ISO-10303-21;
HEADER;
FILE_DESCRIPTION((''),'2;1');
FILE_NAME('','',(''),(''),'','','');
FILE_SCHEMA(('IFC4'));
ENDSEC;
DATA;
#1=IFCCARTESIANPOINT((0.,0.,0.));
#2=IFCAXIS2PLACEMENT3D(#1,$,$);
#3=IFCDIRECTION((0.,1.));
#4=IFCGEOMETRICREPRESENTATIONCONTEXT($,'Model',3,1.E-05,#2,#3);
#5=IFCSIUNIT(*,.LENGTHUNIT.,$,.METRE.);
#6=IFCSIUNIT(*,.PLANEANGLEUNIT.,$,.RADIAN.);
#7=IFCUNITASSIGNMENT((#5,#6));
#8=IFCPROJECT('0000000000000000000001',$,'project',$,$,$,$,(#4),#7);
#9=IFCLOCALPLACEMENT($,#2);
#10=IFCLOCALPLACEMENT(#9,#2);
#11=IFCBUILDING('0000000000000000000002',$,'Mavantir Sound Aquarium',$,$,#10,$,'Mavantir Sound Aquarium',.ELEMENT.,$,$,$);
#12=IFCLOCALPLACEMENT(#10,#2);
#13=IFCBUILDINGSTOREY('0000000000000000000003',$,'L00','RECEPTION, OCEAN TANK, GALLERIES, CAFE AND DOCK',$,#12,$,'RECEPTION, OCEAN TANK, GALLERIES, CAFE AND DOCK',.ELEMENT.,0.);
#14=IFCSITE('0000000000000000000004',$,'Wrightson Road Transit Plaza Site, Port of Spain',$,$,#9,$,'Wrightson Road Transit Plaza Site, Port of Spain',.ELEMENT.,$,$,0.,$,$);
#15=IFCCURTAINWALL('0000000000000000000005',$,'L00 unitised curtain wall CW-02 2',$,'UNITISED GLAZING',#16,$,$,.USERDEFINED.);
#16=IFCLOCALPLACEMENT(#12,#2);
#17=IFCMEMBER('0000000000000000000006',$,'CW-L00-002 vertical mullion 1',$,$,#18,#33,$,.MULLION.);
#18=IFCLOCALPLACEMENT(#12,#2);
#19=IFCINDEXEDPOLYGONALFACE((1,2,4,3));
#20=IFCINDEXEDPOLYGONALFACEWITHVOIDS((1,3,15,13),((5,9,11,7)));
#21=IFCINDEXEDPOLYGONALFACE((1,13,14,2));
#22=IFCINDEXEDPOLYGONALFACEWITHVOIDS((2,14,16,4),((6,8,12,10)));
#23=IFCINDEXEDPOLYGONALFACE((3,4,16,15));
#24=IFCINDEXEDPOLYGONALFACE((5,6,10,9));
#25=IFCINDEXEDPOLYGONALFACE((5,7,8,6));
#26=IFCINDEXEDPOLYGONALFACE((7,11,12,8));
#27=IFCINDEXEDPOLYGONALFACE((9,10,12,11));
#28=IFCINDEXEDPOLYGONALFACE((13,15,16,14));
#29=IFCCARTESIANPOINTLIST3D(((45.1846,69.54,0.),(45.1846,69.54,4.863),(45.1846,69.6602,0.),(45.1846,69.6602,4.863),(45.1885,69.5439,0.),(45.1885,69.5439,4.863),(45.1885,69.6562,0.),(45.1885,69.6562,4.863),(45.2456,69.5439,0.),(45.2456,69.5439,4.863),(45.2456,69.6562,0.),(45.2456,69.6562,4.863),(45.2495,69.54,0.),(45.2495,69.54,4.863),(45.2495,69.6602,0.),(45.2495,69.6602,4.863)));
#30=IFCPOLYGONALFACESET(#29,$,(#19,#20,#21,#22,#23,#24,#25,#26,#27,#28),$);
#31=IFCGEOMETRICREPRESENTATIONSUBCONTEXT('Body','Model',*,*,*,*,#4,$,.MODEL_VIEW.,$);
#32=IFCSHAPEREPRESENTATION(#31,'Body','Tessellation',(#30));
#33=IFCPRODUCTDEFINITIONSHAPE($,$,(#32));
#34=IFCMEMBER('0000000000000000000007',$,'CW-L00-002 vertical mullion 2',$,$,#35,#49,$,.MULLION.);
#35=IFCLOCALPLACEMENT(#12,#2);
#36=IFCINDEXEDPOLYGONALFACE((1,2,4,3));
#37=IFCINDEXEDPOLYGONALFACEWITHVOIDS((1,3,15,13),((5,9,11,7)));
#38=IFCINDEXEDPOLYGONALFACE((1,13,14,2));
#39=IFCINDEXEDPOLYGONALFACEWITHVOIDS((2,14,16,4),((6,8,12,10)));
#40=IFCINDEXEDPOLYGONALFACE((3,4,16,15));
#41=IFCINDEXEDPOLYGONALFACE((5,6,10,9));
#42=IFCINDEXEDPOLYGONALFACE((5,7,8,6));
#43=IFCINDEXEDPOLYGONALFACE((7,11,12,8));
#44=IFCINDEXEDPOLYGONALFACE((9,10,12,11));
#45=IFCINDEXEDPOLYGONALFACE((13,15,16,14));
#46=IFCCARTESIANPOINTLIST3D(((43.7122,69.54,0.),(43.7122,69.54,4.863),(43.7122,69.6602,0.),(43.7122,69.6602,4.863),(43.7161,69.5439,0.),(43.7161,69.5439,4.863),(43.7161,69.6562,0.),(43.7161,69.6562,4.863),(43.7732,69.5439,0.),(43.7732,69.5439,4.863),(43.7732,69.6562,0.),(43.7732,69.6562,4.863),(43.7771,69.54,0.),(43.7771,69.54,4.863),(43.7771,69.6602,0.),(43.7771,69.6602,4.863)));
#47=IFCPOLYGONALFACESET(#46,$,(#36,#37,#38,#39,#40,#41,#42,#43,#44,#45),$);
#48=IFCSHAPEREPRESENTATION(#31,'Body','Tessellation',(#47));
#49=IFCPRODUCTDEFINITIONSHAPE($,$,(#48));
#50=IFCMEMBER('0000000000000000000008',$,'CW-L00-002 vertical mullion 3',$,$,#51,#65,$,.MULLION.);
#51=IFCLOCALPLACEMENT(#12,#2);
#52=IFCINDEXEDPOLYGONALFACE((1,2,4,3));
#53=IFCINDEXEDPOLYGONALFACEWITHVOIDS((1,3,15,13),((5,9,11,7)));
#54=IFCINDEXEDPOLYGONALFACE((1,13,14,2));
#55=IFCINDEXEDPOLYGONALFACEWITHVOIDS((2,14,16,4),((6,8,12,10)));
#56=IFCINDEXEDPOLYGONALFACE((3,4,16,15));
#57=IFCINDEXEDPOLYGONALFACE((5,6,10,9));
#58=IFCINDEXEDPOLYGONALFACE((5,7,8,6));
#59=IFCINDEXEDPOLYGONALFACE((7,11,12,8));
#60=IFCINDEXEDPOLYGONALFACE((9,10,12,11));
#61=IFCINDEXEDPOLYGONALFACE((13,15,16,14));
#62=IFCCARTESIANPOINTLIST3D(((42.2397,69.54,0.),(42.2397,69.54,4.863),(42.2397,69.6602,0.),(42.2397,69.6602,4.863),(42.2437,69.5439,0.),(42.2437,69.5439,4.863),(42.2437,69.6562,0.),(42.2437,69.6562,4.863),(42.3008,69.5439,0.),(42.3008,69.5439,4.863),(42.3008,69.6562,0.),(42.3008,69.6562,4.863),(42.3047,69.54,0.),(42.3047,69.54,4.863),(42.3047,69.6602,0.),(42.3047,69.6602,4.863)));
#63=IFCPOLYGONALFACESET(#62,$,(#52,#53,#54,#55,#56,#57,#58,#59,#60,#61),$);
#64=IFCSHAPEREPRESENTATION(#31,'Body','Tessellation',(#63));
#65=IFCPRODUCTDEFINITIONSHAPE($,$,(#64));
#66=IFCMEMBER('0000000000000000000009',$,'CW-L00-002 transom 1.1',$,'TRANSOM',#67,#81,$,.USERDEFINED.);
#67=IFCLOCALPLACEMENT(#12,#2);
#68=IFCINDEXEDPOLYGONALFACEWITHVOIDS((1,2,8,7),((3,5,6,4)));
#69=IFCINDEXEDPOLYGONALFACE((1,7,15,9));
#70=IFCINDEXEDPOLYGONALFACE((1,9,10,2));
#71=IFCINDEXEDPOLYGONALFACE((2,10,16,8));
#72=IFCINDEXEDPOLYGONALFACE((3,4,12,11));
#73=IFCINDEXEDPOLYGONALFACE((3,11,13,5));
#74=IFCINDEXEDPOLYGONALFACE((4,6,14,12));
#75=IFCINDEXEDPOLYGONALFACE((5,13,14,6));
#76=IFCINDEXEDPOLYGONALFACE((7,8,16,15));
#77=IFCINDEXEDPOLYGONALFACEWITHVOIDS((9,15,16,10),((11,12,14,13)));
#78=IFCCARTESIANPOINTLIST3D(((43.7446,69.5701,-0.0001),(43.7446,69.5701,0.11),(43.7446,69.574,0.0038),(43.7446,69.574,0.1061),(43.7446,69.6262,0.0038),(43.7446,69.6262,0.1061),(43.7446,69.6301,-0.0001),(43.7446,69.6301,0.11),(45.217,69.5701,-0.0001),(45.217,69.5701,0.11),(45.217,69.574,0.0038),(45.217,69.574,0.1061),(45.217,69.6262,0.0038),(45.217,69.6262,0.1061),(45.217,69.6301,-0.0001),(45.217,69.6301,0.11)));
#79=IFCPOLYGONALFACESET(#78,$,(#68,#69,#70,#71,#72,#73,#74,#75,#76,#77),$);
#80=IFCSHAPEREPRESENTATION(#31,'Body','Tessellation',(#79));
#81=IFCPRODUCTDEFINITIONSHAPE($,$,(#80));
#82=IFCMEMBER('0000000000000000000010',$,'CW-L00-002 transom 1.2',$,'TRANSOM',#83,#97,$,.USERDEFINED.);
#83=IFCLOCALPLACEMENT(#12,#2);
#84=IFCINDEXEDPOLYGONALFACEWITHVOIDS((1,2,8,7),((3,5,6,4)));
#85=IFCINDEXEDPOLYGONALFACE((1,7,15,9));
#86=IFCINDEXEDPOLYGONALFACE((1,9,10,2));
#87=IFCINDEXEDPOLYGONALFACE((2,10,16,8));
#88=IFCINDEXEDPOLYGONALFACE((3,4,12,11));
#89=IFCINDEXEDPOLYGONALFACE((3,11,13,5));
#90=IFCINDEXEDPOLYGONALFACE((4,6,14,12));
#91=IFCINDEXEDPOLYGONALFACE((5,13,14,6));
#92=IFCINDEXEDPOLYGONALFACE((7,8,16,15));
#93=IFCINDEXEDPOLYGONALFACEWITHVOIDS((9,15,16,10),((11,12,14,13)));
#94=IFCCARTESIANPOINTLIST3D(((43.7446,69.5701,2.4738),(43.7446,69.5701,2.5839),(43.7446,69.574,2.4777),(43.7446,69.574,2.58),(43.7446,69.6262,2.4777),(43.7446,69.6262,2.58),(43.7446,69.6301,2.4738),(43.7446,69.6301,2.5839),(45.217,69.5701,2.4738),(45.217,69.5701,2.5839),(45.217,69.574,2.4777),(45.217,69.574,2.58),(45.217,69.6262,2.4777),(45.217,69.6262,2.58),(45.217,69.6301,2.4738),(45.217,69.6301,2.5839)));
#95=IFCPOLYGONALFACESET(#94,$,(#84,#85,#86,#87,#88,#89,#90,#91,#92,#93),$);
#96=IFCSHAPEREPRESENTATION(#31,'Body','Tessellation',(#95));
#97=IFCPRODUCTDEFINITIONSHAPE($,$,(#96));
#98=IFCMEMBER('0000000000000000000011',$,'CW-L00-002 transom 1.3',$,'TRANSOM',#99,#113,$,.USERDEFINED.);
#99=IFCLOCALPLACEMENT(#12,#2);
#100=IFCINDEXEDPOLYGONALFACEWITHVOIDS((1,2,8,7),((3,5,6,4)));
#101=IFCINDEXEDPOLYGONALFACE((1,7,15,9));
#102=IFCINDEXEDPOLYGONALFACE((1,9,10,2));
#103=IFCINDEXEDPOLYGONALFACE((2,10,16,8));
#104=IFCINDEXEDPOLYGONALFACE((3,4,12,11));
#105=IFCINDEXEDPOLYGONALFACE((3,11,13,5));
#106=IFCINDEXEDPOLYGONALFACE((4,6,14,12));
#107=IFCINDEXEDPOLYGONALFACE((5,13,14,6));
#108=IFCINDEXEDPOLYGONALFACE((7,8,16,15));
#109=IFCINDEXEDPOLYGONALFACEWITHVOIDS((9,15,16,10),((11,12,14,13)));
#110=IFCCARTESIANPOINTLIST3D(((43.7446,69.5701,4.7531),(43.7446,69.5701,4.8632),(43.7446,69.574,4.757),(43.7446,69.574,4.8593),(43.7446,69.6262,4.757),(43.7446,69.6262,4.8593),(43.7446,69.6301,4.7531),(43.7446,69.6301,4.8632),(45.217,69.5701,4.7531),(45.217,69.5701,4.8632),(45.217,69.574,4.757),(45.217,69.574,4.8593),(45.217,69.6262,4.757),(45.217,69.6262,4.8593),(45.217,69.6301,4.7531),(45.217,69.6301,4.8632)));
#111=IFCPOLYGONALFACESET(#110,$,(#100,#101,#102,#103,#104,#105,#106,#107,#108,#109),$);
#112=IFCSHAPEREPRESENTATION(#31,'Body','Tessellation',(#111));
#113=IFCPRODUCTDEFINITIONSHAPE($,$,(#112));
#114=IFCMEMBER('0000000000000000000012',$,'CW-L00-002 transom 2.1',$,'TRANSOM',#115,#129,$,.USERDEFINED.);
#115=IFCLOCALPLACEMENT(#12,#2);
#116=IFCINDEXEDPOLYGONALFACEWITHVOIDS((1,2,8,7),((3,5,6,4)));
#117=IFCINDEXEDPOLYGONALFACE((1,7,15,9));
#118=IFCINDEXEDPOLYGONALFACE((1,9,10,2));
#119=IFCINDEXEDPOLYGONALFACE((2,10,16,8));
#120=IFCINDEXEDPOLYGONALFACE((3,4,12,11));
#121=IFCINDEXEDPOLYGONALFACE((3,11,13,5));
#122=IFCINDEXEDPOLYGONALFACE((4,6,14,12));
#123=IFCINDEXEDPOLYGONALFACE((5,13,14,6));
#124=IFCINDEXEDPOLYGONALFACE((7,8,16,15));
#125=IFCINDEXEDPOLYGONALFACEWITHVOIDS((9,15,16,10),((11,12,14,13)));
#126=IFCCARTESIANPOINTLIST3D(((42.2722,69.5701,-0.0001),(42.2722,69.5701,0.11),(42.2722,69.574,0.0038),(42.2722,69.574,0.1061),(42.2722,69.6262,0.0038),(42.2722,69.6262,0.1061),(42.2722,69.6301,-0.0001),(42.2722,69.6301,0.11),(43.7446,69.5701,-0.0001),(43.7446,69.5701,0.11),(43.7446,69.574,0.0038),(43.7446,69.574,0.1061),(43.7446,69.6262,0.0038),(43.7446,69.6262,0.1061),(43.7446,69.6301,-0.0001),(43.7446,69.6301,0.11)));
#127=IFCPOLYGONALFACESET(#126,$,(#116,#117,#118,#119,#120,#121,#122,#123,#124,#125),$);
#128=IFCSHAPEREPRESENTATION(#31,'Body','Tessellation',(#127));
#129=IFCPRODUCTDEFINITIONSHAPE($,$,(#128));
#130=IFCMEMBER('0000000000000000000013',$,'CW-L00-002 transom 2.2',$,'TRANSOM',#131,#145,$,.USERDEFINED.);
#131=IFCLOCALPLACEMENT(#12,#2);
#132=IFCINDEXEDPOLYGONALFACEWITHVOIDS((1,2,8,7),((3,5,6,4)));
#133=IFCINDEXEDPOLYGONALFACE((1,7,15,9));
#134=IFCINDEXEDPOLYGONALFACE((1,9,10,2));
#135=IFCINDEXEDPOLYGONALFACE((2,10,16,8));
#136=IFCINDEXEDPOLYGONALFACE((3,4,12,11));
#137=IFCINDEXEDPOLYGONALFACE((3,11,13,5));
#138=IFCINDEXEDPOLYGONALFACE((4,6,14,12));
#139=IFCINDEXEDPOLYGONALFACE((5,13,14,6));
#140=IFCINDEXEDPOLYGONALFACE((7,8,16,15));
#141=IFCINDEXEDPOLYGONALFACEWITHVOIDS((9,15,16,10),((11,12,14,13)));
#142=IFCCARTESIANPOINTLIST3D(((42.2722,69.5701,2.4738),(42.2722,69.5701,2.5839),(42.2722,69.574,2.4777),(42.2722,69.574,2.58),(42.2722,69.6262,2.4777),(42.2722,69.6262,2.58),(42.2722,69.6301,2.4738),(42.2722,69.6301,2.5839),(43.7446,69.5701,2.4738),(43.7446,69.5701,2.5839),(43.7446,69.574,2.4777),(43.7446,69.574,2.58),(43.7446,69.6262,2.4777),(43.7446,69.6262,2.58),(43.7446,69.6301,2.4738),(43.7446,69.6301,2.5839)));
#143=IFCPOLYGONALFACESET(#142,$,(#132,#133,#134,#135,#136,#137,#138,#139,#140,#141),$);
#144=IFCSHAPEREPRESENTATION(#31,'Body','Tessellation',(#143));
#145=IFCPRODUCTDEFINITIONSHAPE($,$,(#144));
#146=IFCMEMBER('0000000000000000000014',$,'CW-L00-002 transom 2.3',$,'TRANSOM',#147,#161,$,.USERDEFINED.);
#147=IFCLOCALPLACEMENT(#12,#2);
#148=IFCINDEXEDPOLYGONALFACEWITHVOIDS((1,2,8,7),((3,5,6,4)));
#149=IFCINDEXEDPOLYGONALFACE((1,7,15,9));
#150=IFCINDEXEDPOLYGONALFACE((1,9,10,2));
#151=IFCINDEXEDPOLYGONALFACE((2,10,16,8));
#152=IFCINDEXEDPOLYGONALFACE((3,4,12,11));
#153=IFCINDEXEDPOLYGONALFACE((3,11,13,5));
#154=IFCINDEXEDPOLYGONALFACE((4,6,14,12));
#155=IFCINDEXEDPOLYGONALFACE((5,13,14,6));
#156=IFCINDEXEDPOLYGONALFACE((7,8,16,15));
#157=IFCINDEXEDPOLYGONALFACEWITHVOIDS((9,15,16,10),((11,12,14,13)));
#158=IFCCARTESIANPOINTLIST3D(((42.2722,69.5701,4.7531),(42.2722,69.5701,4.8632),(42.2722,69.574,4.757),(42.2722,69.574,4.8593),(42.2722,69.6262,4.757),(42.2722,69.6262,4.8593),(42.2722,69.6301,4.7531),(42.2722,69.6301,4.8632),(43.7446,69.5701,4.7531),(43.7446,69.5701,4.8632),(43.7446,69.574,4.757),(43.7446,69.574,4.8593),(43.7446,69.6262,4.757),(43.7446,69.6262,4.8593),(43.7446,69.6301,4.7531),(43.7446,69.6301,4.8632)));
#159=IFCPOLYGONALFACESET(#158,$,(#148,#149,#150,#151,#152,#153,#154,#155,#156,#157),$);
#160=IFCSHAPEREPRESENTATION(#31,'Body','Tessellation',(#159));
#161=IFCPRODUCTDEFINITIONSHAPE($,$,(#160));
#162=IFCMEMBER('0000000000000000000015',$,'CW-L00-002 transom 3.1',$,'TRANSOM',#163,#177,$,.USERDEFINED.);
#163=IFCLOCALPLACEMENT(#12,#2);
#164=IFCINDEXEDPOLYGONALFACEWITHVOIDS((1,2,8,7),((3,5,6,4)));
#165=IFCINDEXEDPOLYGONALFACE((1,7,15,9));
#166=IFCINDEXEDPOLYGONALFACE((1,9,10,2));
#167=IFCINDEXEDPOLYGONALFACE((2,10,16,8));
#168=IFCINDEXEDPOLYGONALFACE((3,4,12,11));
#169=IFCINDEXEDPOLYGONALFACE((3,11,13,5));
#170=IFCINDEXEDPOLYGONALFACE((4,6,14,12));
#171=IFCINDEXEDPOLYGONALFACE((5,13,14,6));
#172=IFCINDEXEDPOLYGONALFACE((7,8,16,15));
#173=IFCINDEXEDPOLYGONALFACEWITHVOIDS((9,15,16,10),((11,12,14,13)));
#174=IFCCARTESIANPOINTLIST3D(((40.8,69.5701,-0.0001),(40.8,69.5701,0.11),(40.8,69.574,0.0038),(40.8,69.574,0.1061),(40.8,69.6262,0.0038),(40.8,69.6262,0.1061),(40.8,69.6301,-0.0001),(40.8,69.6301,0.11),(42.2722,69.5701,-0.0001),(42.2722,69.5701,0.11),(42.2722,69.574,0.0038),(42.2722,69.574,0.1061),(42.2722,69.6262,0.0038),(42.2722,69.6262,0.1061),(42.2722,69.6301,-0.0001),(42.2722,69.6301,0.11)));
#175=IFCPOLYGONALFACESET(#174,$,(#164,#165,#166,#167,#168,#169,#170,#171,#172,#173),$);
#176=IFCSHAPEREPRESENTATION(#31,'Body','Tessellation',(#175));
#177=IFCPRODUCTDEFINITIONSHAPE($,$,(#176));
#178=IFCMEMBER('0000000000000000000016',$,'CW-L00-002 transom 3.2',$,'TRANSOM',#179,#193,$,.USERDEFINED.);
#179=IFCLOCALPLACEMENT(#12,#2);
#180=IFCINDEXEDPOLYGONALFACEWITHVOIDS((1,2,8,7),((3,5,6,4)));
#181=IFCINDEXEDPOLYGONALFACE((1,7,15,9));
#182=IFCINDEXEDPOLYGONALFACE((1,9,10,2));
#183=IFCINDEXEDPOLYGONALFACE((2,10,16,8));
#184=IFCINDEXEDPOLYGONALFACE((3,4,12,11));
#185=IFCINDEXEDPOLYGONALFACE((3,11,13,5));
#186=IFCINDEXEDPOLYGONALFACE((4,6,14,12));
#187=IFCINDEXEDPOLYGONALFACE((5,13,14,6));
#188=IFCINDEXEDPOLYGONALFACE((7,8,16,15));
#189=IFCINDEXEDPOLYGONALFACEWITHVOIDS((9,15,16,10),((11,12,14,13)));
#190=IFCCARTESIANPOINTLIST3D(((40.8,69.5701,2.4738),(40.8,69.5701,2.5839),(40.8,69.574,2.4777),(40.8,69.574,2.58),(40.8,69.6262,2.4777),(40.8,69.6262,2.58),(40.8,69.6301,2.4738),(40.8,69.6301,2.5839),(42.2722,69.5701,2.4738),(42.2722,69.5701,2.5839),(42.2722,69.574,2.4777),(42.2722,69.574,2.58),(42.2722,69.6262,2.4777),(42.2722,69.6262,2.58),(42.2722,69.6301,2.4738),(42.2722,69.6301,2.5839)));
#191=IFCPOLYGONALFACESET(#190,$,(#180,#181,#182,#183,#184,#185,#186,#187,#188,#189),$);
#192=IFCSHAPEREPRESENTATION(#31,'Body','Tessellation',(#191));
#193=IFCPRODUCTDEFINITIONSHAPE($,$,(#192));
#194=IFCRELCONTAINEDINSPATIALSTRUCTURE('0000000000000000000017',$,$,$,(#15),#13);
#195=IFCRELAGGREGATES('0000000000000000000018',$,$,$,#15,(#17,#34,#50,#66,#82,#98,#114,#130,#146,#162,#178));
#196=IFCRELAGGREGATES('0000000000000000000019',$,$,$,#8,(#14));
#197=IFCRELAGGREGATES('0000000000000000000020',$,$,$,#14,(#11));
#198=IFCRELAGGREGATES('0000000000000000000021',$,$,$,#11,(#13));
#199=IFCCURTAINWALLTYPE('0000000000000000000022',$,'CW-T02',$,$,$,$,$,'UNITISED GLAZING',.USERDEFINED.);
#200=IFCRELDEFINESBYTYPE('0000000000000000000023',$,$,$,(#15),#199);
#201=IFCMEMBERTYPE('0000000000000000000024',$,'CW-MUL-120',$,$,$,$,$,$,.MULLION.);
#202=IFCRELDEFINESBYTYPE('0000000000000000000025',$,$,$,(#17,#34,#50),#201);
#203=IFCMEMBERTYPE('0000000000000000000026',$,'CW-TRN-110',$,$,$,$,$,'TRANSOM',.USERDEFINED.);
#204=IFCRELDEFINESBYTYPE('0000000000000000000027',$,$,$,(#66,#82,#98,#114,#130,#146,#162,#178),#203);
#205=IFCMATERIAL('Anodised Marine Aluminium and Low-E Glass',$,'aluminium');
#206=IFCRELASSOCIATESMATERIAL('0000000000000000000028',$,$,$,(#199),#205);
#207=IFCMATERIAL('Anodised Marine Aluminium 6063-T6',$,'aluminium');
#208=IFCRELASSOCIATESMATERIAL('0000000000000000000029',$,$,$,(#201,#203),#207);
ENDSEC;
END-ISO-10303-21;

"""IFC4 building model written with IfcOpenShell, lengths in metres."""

from ifc_helpers import new_model, si_unit, direction, frame, origin, origin_2d, place, context, subcontext, project, spatial, hollow_rectangle, extrude, material, material_profile, profile_set, type_object, element, aggregate, save


model = new_model("IFC4")

# Units and contexts
model_context = context("Model", 3, precision=1e-05, world=origin(), true_north=direction((0.0, 1.0)))
body_context = subcontext(model_context, "Body", "Model", "MODEL_VIEW")
ifc_project = project(units=[si_unit("LENGTHUNIT", "METRE"), si_unit("PLANEANGLEUNIT", "RADIAN")], contexts=[model_context])

# Site, building, storey
site_placement = place(None, origin())
site = spatial("IfcSite", under=ifc_project, at=site_placement, Name="Wrightson Road Transit Plaza Site, Port of Spain", LongName="Wrightson Road Transit Plaza Site, Port of Spain", CompositionType="ELEMENT", RefElevation=0.0)
building_placement = place(site_placement, origin())
building = spatial("IfcBuilding", under=site, at=building_placement, Name="Mavantir Sound Aquarium", LongName="Mavantir Sound Aquarium", CompositionType="ELEMENT")
storey_placement = place(building_placement, origin())
storey = spatial("IfcBuildingStorey", under=building, at=storey_placement, Name="L00", Description="RECEPTION, OCEAN TANK, GALLERIES, CAFE AND DOCK", LongName="RECEPTION, OCEAN TANK, GALLERIES, CAFE AND DOCK", CompositionType="ELEMENT", Elevation=0.0)

# Curtain wall, members
ifc_material_1 = material(Name="Anodised Marine Aluminium and Low-E Glass", Category="aluminium")
curtain_wall_type = type_object("IfcCurtainWallType", Name="CW-T02", ElementType="UNITISED GLAZING", PredefinedType="USERDEFINED", material=ifc_material_1)
curtain_wall_placement = place(storey_placement, origin())
curtain_wall = element("IfcCurtainWall", 1, at=curtain_wall_placement, inside=storey, type_object=curtain_wall_type, Name="L00 unitised curtain wall CW-02 2", ObjectType="UNITISED GLAZING", PredefinedType="USERDEFINED")
ifc_material_2 = material(Name="Anodised Marine Aluminium 6063-T6", Category="aluminium")
ifc_material_profile_1 = material_profile(ifc_material_2, hollow_rectangle(XDim=0.0649, YDim=0.1201, WallThickness=0.0039, at=origin_2d()), Name="ALU-MULLION-120X65")
ifc_profile_set_1 = profile_set([ifc_material_profile_1], Name="Anodised Marine Aluminium 6063-T6")
member_type_1 = type_object("IfcMemberType", Name="CW-MUL-120", PredefinedType="MULLION", material=ifc_profile_set_1)
member_1_placement = place(storey_placement, frame((45.217, 69.6001, 0.0), z_axis=(0.0, 0.0, 1.0), x_axis=(1.0, 0.0, 0.0)))
member_1 = element("IfcMember", 2, at=member_1_placement, type_object=member_type_1, Name="CW-L00-002 vertical mullion 1", PredefinedType="MULLION", context=body_context, shape_type="SweptSolid", body=[
    extrude(hollow_rectangle(XDim=0.0649, YDim=0.1201, WallThickness=0.0039, at=origin_2d()), origin(), (0.0, 0.0, 1.0), 4.863),
])
member_2_placement = place(storey_placement, frame((43.7446, 69.6001, 0.0), z_axis=(0.0, 0.0, 1.0), x_axis=(1.0, 0.0, 0.0)))
member_2 = element("IfcMember", 3, at=member_2_placement, type_object=member_type_1, Name="CW-L00-002 vertical mullion 2", PredefinedType="MULLION", context=body_context, shape_type="SweptSolid", body=[
    extrude(hollow_rectangle(XDim=0.0649, YDim=0.1201, WallThickness=0.0039, at=origin_2d()), origin(), (0.0, 0.0, 1.0), 4.863),
])
member_3_placement = place(storey_placement, frame((42.2722, 69.6001, 0.0), z_axis=(0.0, 0.0, 1.0), x_axis=(1.0, 0.0, 0.0)))
member_3 = element("IfcMember", 4, at=member_3_placement, type_object=member_type_1, Name="CW-L00-002 vertical mullion 3", PredefinedType="MULLION", context=body_context, shape_type="SweptSolid", body=[
    extrude(hollow_rectangle(XDim=0.0649, YDim=0.1201, WallThickness=0.0039, at=origin_2d()), origin(), (0.0, 0.0, 1.0), 4.863),
])
ifc_material_profile_2 = material_profile(ifc_material_2, hollow_rectangle(XDim=0.0601, YDim=0.1101, WallThickness=0.0039, at=origin_2d()), Name="ALU-TRANSOM-110X60")
ifc_profile_set_2 = profile_set([ifc_material_profile_2], Name="Anodised Marine Aluminium 6063-T6")
member_type_2 = type_object("IfcMemberType", Name="CW-TRN-110", ElementType="TRANSOM", PredefinedType="USERDEFINED", material=ifc_profile_set_2)
member_4_placement = place(storey_placement, frame((45.217, 69.6001, 0.0549), z_axis=(-1.0, 0.0, 0.0), x_axis=(0.0, -1.0, 0.0)))
member_4 = element("IfcMember", 5, at=member_4_placement, type_object=member_type_2, Name="CW-L00-002 transom 1.1", ObjectType="TRANSOM", PredefinedType="USERDEFINED", context=body_context, shape_type="SweptSolid", body=[
    extrude(hollow_rectangle(XDim=0.0601, YDim=0.1101, WallThickness=0.0039, at=origin_2d()), origin(), (0.0, 0.0, 1.0), 1.4724),
])
member_5_placement = place(storey_placement, frame((45.217, 69.6001, 2.5288), z_axis=(-1.0, 0.0, 0.0), x_axis=(0.0, -1.0, 0.0)))
member_5 = element("IfcMember", 6, at=member_5_placement, type_object=member_type_2, Name="CW-L00-002 transom 1.2", ObjectType="TRANSOM", PredefinedType="USERDEFINED", context=body_context, shape_type="SweptSolid", body=[
    extrude(hollow_rectangle(XDim=0.0601, YDim=0.1101, WallThickness=0.0039, at=origin_2d()), origin(), (0.0, 0.0, 1.0), 1.4724),
])
member_6_placement = place(storey_placement, frame((45.217, 69.6001, 4.8081), z_axis=(-1.0, 0.0, 0.0), x_axis=(0.0, -1.0, 0.0)))
member_6 = element("IfcMember", 7, at=member_6_placement, type_object=member_type_2, Name="CW-L00-002 transom 1.3", ObjectType="TRANSOM", PredefinedType="USERDEFINED", context=body_context, shape_type="SweptSolid", body=[
    extrude(hollow_rectangle(XDim=0.0601, YDim=0.1101, WallThickness=0.0039, at=origin_2d()), origin(), (0.0, 0.0, 1.0), 1.4724),
])
member_7_placement = place(storey_placement, frame((43.7446, 69.6001, 0.0549), z_axis=(-1.0, 0.0, 0.0), x_axis=(0.0, -1.0, 0.0)))
member_7 = element("IfcMember", 8, at=member_7_placement, type_object=member_type_2, Name="CW-L00-002 transom 2.1", ObjectType="TRANSOM", PredefinedType="USERDEFINED", context=body_context, shape_type="SweptSolid", body=[
    extrude(hollow_rectangle(XDim=0.0601, YDim=0.1101, WallThickness=0.0039, at=origin_2d()), origin(), (0.0, 0.0, 1.0), 1.4724),
])
member_8_placement = place(storey_placement, frame((43.7446, 69.6001, 2.5288), z_axis=(-1.0, 0.0, 0.0), x_axis=(0.0, -1.0, 0.0)))
member_8 = element("IfcMember", 9, at=member_8_placement, type_object=member_type_2, Name="CW-L00-002 transom 2.2", ObjectType="TRANSOM", PredefinedType="USERDEFINED", context=body_context, shape_type="SweptSolid", body=[
    extrude(hollow_rectangle(XDim=0.0601, YDim=0.1101, WallThickness=0.0039, at=origin_2d()), origin(), (0.0, 0.0, 1.0), 1.4724),
])
member_9_placement = place(storey_placement, frame((43.7446, 69.6001, 4.8081), z_axis=(-1.0, 0.0, 0.0), x_axis=(0.0, -1.0, 0.0)))
member_9 = element("IfcMember", 10, at=member_9_placement, type_object=member_type_2, Name="CW-L00-002 transom 2.3", ObjectType="TRANSOM", PredefinedType="USERDEFINED", context=body_context, shape_type="SweptSolid", body=[
    extrude(hollow_rectangle(XDim=0.0601, YDim=0.1101, WallThickness=0.0039, at=origin_2d()), origin(), (0.0, 0.0, 1.0), 1.4724),
])
member_10_placement = place(storey_placement, frame((42.2722, 69.6001, 0.0549), z_axis=(-1.0, 0.0, 0.0), x_axis=(0.0, -1.0, 0.0)))
member_10 = element("IfcMember", 11, at=member_10_placement, type_object=member_type_2, Name="CW-L00-002 transom 3.1", ObjectType="TRANSOM", PredefinedType="USERDEFINED", context=body_context, shape_type="SweptSolid", body=[
    extrude(hollow_rectangle(XDim=0.0601, YDim=0.1101, WallThickness=0.0039, at=origin_2d()), origin(), (0.0, 0.0, 1.0), 1.4722),
])
member_11_placement = place(storey_placement, frame((42.2722, 69.6001, 2.5288), z_axis=(-1.0, 0.0, 0.0), x_axis=(0.0, -1.0, 0.0)))
member_11 = element("IfcMember", 12, at=member_11_placement, type_object=member_type_2, Name="CW-L00-002 transom 3.2", ObjectType="TRANSOM", PredefinedType="USERDEFINED", context=body_context, shape_type="SweptSolid", body=[
    extrude(hollow_rectangle(XDim=0.0601, YDim=0.1101, WallThickness=0.0039, at=origin_2d()), origin(), (0.0, 0.0, 1.0), 1.4722),
])
aggregate(curtain_wall, [member_1, member_2, member_3, member_4, member_5, member_6, member_7, member_8, member_9, member_10, member_11])

save(model, "model.ifc")
